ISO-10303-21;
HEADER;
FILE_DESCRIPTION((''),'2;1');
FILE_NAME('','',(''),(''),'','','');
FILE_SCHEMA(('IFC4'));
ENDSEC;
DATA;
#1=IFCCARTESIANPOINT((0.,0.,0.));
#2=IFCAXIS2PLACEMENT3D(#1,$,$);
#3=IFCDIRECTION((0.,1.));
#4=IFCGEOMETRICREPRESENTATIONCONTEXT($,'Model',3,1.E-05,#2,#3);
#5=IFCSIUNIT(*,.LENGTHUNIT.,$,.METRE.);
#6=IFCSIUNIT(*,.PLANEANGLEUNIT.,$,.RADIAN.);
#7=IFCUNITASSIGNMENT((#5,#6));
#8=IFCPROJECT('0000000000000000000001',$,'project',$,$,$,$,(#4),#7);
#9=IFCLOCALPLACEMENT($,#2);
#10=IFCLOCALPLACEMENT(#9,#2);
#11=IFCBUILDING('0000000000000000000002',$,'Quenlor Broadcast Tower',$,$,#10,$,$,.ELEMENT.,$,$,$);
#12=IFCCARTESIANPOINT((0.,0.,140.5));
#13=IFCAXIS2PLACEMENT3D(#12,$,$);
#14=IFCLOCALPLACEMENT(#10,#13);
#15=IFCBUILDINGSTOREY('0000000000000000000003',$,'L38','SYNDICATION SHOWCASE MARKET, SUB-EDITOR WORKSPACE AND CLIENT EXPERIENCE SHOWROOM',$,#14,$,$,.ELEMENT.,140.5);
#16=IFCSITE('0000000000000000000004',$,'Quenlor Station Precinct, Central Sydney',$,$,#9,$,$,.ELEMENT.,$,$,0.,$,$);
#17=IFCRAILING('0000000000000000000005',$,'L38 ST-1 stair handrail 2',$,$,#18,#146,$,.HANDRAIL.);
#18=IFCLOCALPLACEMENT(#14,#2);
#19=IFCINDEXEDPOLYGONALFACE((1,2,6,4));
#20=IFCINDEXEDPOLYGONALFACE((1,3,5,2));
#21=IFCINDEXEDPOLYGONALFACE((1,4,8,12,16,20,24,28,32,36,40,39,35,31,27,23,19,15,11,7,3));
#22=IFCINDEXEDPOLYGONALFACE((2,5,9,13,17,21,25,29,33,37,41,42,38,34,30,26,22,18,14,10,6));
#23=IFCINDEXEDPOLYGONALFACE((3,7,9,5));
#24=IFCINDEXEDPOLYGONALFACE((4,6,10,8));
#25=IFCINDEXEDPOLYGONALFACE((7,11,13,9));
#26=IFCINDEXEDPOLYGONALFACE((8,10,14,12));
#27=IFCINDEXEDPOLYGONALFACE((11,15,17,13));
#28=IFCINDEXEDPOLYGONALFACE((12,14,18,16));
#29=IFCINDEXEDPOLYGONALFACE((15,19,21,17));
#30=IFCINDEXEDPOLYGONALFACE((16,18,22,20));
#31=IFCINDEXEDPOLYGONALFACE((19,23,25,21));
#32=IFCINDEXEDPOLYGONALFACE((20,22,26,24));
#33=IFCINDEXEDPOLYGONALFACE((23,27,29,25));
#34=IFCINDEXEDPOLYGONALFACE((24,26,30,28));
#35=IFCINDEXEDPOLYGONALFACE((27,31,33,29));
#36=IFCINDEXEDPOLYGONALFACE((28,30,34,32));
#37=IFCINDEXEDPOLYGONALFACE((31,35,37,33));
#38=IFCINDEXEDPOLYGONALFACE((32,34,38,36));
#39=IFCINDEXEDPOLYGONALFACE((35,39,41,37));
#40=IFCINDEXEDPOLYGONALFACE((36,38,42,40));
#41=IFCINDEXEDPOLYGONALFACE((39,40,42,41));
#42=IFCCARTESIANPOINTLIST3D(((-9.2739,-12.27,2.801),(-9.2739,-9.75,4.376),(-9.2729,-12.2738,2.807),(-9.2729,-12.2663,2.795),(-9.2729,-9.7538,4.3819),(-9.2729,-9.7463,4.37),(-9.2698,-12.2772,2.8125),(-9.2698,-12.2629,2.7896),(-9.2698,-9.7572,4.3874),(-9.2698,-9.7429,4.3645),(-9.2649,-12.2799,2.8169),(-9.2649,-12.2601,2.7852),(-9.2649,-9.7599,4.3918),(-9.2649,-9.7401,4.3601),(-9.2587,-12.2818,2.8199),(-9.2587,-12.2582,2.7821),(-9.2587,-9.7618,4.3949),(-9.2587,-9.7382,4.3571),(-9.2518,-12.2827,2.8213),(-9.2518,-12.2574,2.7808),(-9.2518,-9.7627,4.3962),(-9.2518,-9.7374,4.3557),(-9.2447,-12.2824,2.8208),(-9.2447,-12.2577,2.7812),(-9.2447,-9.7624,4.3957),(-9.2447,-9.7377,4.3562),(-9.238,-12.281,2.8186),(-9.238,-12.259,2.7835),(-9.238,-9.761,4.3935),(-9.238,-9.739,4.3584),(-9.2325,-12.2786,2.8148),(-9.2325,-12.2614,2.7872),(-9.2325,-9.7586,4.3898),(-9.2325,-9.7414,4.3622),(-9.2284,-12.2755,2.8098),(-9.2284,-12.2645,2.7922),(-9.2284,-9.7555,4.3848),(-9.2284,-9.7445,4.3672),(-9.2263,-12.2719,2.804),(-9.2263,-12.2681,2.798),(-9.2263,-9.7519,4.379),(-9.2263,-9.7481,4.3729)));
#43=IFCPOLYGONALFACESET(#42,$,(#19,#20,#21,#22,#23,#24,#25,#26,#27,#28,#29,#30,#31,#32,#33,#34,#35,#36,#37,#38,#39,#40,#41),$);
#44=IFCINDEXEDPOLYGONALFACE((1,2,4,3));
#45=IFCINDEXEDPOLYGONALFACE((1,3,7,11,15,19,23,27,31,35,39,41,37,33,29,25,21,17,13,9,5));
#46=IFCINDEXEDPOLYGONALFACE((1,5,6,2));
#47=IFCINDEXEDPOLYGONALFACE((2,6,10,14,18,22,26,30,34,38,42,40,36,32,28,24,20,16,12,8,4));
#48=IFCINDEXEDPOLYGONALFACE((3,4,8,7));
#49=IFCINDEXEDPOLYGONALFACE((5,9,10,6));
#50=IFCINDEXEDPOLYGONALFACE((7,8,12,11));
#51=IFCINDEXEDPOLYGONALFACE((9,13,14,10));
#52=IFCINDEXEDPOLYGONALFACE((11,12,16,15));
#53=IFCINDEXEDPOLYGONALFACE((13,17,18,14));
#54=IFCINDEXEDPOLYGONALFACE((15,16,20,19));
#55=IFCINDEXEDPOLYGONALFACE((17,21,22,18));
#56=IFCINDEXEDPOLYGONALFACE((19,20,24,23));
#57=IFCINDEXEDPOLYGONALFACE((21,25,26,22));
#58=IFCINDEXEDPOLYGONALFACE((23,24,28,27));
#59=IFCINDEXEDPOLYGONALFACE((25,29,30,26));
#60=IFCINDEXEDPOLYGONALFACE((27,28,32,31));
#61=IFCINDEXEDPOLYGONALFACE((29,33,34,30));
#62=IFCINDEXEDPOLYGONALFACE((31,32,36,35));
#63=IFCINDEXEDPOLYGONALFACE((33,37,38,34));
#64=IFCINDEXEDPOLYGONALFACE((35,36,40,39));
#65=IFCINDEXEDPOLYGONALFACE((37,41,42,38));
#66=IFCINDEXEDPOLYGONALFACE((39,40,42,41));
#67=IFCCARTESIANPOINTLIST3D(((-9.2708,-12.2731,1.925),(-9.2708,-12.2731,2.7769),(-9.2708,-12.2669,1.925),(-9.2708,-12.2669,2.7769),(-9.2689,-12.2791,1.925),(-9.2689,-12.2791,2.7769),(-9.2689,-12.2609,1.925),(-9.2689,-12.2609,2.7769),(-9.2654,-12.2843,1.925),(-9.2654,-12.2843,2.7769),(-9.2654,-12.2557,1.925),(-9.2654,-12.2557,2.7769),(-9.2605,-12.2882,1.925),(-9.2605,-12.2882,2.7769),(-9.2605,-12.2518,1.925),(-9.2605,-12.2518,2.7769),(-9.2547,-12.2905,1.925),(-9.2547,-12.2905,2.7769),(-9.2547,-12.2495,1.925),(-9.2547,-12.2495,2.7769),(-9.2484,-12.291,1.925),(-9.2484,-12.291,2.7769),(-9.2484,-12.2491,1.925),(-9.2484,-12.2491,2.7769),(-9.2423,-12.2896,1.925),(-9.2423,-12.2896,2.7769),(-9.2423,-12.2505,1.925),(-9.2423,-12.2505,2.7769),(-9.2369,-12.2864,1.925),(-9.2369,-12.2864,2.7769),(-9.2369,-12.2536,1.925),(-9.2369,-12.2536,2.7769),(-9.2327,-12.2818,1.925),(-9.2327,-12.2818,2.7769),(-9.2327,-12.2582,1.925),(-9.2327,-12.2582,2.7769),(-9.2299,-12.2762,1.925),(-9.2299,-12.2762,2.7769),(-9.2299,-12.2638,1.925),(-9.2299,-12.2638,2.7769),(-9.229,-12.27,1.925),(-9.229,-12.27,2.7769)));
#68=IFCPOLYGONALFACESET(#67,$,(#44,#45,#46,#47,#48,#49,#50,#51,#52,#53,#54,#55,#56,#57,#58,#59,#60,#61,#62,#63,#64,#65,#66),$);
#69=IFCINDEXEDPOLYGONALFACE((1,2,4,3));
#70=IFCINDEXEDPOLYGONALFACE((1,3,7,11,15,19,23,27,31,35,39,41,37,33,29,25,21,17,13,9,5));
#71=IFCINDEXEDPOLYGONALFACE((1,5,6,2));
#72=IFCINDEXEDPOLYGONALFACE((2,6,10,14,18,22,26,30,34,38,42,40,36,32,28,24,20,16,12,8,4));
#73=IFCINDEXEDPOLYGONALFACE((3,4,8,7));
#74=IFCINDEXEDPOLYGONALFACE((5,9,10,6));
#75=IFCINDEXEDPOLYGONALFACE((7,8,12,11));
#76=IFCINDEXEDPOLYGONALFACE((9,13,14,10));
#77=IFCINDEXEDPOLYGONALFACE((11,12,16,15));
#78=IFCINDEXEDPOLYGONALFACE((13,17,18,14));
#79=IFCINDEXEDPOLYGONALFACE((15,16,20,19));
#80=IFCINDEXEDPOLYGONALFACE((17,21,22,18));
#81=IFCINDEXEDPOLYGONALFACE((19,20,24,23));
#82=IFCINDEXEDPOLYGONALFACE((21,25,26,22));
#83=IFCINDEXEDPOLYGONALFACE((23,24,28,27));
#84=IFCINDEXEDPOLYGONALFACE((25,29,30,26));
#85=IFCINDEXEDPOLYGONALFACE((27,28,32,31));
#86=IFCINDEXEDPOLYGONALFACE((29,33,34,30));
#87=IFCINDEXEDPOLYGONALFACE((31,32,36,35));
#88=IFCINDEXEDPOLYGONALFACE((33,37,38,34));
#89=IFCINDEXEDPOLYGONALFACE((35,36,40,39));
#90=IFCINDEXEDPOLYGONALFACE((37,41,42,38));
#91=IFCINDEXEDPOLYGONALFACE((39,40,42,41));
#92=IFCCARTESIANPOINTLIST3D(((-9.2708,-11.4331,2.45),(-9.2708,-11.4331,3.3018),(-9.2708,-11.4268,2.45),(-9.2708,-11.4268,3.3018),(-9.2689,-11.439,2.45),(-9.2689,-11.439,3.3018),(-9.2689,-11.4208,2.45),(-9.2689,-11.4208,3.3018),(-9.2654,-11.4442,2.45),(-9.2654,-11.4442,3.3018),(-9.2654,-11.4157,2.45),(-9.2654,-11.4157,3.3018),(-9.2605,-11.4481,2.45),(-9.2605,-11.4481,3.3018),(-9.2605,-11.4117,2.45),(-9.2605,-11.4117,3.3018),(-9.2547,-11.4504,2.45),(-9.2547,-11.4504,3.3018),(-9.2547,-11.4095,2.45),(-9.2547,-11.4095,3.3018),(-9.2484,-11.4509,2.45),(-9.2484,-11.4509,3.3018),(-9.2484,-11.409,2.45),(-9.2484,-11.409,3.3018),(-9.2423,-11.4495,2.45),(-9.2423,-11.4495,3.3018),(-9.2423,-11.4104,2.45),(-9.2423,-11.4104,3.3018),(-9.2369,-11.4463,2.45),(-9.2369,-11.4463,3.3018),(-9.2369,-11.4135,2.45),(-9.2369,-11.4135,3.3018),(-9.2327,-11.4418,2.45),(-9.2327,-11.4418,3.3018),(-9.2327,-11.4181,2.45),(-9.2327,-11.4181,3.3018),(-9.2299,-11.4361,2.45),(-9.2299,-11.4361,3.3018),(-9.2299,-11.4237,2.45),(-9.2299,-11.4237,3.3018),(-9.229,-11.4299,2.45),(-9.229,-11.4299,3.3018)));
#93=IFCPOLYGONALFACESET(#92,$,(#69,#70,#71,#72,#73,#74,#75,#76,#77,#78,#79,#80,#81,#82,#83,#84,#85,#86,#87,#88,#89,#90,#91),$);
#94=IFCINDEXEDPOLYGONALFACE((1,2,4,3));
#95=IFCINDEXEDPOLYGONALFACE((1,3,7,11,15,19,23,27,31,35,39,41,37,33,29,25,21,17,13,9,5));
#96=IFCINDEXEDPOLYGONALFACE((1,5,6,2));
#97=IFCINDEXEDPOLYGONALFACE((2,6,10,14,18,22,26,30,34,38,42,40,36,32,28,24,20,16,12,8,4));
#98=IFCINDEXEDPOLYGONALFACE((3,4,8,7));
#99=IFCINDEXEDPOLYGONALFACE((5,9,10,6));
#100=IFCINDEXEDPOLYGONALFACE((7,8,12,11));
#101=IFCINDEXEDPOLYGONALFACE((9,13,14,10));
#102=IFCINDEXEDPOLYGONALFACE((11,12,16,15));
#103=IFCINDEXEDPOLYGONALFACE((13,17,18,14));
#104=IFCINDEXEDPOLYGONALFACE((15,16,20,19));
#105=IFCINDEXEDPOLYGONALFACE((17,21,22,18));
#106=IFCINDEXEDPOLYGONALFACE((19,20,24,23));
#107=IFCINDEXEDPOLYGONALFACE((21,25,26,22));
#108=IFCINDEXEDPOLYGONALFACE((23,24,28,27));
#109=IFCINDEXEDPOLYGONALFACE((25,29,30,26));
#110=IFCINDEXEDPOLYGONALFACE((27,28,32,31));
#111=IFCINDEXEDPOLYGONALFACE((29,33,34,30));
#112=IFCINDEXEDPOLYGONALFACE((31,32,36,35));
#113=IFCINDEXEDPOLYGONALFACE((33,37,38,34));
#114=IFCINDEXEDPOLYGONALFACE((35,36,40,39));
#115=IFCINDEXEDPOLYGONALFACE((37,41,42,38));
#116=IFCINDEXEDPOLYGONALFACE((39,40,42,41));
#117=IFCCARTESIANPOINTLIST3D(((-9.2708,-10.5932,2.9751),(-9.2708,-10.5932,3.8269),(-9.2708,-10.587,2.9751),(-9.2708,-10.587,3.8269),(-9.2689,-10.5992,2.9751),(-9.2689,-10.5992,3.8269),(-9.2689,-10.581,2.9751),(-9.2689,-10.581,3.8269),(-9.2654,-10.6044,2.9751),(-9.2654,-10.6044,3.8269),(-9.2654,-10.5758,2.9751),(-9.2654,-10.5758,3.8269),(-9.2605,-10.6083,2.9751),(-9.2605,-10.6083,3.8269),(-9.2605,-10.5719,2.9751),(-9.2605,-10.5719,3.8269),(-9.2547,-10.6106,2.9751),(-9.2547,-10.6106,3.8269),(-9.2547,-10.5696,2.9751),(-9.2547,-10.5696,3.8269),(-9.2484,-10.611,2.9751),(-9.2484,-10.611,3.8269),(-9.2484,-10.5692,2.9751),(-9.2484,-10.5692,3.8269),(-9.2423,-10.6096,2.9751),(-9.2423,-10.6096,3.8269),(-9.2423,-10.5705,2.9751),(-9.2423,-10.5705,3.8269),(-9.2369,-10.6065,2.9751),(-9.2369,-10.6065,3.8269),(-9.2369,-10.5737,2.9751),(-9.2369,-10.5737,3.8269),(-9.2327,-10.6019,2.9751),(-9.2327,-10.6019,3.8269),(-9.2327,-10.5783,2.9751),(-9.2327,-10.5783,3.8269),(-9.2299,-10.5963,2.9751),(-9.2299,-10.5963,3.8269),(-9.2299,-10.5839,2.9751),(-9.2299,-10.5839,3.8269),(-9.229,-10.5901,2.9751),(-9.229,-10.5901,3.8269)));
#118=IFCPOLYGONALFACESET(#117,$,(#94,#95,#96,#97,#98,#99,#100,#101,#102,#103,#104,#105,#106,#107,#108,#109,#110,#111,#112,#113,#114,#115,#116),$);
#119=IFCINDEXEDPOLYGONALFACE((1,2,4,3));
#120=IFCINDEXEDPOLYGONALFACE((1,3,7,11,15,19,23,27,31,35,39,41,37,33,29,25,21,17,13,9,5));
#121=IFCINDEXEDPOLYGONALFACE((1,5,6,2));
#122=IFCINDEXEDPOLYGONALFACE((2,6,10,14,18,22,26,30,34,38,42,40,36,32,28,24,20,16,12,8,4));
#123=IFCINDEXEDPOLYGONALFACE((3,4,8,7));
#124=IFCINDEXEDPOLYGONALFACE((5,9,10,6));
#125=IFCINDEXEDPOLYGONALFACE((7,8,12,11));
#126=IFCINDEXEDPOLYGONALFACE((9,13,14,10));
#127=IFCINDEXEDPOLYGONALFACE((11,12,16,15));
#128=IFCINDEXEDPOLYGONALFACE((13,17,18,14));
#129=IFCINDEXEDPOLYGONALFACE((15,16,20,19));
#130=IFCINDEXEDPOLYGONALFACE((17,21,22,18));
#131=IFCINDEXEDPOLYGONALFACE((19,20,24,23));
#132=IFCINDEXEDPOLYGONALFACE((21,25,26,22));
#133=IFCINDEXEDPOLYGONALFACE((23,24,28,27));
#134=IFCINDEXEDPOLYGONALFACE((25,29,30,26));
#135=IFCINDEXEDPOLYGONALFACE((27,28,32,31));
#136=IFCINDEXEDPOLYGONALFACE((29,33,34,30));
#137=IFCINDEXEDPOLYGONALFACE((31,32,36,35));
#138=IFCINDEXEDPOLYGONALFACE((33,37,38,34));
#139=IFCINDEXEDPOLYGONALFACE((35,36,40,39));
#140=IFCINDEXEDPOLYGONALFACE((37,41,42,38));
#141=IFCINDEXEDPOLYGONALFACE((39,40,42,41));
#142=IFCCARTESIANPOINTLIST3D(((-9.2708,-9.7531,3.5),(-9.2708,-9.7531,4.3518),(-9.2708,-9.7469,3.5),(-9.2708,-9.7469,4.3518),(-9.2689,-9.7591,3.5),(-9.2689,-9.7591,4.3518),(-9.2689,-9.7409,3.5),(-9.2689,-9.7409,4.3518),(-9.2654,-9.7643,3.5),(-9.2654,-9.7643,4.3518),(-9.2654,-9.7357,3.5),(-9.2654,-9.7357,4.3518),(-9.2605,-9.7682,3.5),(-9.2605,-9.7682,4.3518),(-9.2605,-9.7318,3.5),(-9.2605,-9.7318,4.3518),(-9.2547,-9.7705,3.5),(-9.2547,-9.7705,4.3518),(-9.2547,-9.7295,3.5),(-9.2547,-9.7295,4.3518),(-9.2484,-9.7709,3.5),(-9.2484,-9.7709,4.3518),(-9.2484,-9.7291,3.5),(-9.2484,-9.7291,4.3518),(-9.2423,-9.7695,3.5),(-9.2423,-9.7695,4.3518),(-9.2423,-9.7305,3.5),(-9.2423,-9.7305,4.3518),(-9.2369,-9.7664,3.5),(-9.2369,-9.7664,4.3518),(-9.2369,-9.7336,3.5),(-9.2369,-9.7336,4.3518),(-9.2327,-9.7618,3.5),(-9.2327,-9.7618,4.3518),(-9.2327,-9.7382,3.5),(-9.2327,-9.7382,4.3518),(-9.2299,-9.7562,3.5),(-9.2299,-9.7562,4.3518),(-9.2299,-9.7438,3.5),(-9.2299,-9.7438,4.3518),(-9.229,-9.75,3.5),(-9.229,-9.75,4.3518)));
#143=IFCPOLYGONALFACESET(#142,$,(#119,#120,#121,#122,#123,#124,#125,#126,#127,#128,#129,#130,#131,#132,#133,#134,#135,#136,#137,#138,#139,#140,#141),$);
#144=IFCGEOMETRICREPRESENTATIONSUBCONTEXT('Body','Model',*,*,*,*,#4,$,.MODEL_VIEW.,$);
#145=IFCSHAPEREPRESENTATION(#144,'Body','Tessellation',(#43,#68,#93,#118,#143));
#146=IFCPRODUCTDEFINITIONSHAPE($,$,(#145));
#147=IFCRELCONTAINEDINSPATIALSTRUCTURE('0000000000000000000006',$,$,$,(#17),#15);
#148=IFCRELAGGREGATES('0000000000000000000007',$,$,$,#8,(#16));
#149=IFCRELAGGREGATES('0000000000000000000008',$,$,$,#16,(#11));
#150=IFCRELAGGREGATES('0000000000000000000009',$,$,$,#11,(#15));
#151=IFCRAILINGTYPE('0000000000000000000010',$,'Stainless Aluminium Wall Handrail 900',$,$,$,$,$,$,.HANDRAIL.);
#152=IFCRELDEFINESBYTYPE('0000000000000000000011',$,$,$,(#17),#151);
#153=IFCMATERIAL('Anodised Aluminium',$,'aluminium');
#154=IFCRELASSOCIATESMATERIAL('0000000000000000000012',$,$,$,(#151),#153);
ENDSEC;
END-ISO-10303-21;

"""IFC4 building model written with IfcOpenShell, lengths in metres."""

from ifc_helpers import new_model, si_unit, direction, frame, origin, origin_2d, place, context, subcontext, project, spatial, circle, extrude, material, type_object, element, save


model = new_model("IFC4")

# Units and contexts
model_context = context("Model", 3, precision=1e-05, world=origin(), true_north=direction((0.0, 1.0)))
body_context = subcontext(model_context, "Body", "Model", "MODEL_VIEW")
ifc_project = project(units=[si_unit("LENGTHUNIT", "METRE"), si_unit("PLANEANGLEUNIT", "RADIAN")], contexts=[model_context])

# Site, building, storey
site_placement = place(None, origin())
site = spatial("IfcSite", under=ifc_project, at=site_placement, Name="Quenlor Station Precinct, Central Sydney", CompositionType="ELEMENT", RefElevation=0.0)
building_placement = place(site_placement, origin())
building = spatial("IfcBuilding", under=site, at=building_placement, Name="Quenlor Broadcast Tower", CompositionType="ELEMENT")
storey_placement = place(building_placement, frame((0.0, 0.0, 140.5)))
storey = spatial("IfcBuildingStorey", under=building, at=storey_placement, Name="L38", Description="SYNDICATION SHOWCASE MARKET, SUB-EDITOR WORKSPACE AND CLIENT EXPERIENCE SHOWROOM", CompositionType="ELEMENT", Elevation=140.5)

# Railing
ifc_material_1 = material(Name="Anodised Aluminium", Category="aluminium")
railing_type_1 = type_object("IfcRailingType", Name="Stainless Aluminium Wall Handrail 900", PredefinedType="HANDRAIL", material=ifc_material_1)
railing_1_placement = place(storey_placement, frame((-9.25, -12.27, 1.925)))
element("IfcRailing", 1, at=railing_1_placement, inside=storey, type_object=railing_type_1, Name="L38 ST-1 stair handrail 2", PredefinedType="HANDRAIL", context=body_context, shape_type="SweptSolid", body=[
    extrude(circle(Radius=0.0239, at=origin_2d()), frame((0.0, 0.0, 0.876), z_axis=(0.0, 0.848008, 0.529984), x_axis=(-1.0, 0.0, 0.0)), (0.0, 0.0, 1.0), 2.9717),
    extrude(circle(Radius=0.021, at=origin_2d()), origin(), (0.0, 0.0, 1.0), 0.8518),
    extrude(circle(Radius=0.021, at=origin_2d()), frame((0.0, 0.8401, 0.5249)), (0.0, 0.0, 1.0), 0.8518),
    extrude(circle(Radius=0.021, at=origin_2d()), frame((0.0, 1.6799, 1.05)), (0.0, 0.0, 1.0), 0.8518),
    extrude(circle(Radius=0.021, at=origin_2d()), frame((0.0, 2.52, 1.575)), (0.0, 0.0, 1.0), 0.8518),
])

save(model, "model.ifc")
